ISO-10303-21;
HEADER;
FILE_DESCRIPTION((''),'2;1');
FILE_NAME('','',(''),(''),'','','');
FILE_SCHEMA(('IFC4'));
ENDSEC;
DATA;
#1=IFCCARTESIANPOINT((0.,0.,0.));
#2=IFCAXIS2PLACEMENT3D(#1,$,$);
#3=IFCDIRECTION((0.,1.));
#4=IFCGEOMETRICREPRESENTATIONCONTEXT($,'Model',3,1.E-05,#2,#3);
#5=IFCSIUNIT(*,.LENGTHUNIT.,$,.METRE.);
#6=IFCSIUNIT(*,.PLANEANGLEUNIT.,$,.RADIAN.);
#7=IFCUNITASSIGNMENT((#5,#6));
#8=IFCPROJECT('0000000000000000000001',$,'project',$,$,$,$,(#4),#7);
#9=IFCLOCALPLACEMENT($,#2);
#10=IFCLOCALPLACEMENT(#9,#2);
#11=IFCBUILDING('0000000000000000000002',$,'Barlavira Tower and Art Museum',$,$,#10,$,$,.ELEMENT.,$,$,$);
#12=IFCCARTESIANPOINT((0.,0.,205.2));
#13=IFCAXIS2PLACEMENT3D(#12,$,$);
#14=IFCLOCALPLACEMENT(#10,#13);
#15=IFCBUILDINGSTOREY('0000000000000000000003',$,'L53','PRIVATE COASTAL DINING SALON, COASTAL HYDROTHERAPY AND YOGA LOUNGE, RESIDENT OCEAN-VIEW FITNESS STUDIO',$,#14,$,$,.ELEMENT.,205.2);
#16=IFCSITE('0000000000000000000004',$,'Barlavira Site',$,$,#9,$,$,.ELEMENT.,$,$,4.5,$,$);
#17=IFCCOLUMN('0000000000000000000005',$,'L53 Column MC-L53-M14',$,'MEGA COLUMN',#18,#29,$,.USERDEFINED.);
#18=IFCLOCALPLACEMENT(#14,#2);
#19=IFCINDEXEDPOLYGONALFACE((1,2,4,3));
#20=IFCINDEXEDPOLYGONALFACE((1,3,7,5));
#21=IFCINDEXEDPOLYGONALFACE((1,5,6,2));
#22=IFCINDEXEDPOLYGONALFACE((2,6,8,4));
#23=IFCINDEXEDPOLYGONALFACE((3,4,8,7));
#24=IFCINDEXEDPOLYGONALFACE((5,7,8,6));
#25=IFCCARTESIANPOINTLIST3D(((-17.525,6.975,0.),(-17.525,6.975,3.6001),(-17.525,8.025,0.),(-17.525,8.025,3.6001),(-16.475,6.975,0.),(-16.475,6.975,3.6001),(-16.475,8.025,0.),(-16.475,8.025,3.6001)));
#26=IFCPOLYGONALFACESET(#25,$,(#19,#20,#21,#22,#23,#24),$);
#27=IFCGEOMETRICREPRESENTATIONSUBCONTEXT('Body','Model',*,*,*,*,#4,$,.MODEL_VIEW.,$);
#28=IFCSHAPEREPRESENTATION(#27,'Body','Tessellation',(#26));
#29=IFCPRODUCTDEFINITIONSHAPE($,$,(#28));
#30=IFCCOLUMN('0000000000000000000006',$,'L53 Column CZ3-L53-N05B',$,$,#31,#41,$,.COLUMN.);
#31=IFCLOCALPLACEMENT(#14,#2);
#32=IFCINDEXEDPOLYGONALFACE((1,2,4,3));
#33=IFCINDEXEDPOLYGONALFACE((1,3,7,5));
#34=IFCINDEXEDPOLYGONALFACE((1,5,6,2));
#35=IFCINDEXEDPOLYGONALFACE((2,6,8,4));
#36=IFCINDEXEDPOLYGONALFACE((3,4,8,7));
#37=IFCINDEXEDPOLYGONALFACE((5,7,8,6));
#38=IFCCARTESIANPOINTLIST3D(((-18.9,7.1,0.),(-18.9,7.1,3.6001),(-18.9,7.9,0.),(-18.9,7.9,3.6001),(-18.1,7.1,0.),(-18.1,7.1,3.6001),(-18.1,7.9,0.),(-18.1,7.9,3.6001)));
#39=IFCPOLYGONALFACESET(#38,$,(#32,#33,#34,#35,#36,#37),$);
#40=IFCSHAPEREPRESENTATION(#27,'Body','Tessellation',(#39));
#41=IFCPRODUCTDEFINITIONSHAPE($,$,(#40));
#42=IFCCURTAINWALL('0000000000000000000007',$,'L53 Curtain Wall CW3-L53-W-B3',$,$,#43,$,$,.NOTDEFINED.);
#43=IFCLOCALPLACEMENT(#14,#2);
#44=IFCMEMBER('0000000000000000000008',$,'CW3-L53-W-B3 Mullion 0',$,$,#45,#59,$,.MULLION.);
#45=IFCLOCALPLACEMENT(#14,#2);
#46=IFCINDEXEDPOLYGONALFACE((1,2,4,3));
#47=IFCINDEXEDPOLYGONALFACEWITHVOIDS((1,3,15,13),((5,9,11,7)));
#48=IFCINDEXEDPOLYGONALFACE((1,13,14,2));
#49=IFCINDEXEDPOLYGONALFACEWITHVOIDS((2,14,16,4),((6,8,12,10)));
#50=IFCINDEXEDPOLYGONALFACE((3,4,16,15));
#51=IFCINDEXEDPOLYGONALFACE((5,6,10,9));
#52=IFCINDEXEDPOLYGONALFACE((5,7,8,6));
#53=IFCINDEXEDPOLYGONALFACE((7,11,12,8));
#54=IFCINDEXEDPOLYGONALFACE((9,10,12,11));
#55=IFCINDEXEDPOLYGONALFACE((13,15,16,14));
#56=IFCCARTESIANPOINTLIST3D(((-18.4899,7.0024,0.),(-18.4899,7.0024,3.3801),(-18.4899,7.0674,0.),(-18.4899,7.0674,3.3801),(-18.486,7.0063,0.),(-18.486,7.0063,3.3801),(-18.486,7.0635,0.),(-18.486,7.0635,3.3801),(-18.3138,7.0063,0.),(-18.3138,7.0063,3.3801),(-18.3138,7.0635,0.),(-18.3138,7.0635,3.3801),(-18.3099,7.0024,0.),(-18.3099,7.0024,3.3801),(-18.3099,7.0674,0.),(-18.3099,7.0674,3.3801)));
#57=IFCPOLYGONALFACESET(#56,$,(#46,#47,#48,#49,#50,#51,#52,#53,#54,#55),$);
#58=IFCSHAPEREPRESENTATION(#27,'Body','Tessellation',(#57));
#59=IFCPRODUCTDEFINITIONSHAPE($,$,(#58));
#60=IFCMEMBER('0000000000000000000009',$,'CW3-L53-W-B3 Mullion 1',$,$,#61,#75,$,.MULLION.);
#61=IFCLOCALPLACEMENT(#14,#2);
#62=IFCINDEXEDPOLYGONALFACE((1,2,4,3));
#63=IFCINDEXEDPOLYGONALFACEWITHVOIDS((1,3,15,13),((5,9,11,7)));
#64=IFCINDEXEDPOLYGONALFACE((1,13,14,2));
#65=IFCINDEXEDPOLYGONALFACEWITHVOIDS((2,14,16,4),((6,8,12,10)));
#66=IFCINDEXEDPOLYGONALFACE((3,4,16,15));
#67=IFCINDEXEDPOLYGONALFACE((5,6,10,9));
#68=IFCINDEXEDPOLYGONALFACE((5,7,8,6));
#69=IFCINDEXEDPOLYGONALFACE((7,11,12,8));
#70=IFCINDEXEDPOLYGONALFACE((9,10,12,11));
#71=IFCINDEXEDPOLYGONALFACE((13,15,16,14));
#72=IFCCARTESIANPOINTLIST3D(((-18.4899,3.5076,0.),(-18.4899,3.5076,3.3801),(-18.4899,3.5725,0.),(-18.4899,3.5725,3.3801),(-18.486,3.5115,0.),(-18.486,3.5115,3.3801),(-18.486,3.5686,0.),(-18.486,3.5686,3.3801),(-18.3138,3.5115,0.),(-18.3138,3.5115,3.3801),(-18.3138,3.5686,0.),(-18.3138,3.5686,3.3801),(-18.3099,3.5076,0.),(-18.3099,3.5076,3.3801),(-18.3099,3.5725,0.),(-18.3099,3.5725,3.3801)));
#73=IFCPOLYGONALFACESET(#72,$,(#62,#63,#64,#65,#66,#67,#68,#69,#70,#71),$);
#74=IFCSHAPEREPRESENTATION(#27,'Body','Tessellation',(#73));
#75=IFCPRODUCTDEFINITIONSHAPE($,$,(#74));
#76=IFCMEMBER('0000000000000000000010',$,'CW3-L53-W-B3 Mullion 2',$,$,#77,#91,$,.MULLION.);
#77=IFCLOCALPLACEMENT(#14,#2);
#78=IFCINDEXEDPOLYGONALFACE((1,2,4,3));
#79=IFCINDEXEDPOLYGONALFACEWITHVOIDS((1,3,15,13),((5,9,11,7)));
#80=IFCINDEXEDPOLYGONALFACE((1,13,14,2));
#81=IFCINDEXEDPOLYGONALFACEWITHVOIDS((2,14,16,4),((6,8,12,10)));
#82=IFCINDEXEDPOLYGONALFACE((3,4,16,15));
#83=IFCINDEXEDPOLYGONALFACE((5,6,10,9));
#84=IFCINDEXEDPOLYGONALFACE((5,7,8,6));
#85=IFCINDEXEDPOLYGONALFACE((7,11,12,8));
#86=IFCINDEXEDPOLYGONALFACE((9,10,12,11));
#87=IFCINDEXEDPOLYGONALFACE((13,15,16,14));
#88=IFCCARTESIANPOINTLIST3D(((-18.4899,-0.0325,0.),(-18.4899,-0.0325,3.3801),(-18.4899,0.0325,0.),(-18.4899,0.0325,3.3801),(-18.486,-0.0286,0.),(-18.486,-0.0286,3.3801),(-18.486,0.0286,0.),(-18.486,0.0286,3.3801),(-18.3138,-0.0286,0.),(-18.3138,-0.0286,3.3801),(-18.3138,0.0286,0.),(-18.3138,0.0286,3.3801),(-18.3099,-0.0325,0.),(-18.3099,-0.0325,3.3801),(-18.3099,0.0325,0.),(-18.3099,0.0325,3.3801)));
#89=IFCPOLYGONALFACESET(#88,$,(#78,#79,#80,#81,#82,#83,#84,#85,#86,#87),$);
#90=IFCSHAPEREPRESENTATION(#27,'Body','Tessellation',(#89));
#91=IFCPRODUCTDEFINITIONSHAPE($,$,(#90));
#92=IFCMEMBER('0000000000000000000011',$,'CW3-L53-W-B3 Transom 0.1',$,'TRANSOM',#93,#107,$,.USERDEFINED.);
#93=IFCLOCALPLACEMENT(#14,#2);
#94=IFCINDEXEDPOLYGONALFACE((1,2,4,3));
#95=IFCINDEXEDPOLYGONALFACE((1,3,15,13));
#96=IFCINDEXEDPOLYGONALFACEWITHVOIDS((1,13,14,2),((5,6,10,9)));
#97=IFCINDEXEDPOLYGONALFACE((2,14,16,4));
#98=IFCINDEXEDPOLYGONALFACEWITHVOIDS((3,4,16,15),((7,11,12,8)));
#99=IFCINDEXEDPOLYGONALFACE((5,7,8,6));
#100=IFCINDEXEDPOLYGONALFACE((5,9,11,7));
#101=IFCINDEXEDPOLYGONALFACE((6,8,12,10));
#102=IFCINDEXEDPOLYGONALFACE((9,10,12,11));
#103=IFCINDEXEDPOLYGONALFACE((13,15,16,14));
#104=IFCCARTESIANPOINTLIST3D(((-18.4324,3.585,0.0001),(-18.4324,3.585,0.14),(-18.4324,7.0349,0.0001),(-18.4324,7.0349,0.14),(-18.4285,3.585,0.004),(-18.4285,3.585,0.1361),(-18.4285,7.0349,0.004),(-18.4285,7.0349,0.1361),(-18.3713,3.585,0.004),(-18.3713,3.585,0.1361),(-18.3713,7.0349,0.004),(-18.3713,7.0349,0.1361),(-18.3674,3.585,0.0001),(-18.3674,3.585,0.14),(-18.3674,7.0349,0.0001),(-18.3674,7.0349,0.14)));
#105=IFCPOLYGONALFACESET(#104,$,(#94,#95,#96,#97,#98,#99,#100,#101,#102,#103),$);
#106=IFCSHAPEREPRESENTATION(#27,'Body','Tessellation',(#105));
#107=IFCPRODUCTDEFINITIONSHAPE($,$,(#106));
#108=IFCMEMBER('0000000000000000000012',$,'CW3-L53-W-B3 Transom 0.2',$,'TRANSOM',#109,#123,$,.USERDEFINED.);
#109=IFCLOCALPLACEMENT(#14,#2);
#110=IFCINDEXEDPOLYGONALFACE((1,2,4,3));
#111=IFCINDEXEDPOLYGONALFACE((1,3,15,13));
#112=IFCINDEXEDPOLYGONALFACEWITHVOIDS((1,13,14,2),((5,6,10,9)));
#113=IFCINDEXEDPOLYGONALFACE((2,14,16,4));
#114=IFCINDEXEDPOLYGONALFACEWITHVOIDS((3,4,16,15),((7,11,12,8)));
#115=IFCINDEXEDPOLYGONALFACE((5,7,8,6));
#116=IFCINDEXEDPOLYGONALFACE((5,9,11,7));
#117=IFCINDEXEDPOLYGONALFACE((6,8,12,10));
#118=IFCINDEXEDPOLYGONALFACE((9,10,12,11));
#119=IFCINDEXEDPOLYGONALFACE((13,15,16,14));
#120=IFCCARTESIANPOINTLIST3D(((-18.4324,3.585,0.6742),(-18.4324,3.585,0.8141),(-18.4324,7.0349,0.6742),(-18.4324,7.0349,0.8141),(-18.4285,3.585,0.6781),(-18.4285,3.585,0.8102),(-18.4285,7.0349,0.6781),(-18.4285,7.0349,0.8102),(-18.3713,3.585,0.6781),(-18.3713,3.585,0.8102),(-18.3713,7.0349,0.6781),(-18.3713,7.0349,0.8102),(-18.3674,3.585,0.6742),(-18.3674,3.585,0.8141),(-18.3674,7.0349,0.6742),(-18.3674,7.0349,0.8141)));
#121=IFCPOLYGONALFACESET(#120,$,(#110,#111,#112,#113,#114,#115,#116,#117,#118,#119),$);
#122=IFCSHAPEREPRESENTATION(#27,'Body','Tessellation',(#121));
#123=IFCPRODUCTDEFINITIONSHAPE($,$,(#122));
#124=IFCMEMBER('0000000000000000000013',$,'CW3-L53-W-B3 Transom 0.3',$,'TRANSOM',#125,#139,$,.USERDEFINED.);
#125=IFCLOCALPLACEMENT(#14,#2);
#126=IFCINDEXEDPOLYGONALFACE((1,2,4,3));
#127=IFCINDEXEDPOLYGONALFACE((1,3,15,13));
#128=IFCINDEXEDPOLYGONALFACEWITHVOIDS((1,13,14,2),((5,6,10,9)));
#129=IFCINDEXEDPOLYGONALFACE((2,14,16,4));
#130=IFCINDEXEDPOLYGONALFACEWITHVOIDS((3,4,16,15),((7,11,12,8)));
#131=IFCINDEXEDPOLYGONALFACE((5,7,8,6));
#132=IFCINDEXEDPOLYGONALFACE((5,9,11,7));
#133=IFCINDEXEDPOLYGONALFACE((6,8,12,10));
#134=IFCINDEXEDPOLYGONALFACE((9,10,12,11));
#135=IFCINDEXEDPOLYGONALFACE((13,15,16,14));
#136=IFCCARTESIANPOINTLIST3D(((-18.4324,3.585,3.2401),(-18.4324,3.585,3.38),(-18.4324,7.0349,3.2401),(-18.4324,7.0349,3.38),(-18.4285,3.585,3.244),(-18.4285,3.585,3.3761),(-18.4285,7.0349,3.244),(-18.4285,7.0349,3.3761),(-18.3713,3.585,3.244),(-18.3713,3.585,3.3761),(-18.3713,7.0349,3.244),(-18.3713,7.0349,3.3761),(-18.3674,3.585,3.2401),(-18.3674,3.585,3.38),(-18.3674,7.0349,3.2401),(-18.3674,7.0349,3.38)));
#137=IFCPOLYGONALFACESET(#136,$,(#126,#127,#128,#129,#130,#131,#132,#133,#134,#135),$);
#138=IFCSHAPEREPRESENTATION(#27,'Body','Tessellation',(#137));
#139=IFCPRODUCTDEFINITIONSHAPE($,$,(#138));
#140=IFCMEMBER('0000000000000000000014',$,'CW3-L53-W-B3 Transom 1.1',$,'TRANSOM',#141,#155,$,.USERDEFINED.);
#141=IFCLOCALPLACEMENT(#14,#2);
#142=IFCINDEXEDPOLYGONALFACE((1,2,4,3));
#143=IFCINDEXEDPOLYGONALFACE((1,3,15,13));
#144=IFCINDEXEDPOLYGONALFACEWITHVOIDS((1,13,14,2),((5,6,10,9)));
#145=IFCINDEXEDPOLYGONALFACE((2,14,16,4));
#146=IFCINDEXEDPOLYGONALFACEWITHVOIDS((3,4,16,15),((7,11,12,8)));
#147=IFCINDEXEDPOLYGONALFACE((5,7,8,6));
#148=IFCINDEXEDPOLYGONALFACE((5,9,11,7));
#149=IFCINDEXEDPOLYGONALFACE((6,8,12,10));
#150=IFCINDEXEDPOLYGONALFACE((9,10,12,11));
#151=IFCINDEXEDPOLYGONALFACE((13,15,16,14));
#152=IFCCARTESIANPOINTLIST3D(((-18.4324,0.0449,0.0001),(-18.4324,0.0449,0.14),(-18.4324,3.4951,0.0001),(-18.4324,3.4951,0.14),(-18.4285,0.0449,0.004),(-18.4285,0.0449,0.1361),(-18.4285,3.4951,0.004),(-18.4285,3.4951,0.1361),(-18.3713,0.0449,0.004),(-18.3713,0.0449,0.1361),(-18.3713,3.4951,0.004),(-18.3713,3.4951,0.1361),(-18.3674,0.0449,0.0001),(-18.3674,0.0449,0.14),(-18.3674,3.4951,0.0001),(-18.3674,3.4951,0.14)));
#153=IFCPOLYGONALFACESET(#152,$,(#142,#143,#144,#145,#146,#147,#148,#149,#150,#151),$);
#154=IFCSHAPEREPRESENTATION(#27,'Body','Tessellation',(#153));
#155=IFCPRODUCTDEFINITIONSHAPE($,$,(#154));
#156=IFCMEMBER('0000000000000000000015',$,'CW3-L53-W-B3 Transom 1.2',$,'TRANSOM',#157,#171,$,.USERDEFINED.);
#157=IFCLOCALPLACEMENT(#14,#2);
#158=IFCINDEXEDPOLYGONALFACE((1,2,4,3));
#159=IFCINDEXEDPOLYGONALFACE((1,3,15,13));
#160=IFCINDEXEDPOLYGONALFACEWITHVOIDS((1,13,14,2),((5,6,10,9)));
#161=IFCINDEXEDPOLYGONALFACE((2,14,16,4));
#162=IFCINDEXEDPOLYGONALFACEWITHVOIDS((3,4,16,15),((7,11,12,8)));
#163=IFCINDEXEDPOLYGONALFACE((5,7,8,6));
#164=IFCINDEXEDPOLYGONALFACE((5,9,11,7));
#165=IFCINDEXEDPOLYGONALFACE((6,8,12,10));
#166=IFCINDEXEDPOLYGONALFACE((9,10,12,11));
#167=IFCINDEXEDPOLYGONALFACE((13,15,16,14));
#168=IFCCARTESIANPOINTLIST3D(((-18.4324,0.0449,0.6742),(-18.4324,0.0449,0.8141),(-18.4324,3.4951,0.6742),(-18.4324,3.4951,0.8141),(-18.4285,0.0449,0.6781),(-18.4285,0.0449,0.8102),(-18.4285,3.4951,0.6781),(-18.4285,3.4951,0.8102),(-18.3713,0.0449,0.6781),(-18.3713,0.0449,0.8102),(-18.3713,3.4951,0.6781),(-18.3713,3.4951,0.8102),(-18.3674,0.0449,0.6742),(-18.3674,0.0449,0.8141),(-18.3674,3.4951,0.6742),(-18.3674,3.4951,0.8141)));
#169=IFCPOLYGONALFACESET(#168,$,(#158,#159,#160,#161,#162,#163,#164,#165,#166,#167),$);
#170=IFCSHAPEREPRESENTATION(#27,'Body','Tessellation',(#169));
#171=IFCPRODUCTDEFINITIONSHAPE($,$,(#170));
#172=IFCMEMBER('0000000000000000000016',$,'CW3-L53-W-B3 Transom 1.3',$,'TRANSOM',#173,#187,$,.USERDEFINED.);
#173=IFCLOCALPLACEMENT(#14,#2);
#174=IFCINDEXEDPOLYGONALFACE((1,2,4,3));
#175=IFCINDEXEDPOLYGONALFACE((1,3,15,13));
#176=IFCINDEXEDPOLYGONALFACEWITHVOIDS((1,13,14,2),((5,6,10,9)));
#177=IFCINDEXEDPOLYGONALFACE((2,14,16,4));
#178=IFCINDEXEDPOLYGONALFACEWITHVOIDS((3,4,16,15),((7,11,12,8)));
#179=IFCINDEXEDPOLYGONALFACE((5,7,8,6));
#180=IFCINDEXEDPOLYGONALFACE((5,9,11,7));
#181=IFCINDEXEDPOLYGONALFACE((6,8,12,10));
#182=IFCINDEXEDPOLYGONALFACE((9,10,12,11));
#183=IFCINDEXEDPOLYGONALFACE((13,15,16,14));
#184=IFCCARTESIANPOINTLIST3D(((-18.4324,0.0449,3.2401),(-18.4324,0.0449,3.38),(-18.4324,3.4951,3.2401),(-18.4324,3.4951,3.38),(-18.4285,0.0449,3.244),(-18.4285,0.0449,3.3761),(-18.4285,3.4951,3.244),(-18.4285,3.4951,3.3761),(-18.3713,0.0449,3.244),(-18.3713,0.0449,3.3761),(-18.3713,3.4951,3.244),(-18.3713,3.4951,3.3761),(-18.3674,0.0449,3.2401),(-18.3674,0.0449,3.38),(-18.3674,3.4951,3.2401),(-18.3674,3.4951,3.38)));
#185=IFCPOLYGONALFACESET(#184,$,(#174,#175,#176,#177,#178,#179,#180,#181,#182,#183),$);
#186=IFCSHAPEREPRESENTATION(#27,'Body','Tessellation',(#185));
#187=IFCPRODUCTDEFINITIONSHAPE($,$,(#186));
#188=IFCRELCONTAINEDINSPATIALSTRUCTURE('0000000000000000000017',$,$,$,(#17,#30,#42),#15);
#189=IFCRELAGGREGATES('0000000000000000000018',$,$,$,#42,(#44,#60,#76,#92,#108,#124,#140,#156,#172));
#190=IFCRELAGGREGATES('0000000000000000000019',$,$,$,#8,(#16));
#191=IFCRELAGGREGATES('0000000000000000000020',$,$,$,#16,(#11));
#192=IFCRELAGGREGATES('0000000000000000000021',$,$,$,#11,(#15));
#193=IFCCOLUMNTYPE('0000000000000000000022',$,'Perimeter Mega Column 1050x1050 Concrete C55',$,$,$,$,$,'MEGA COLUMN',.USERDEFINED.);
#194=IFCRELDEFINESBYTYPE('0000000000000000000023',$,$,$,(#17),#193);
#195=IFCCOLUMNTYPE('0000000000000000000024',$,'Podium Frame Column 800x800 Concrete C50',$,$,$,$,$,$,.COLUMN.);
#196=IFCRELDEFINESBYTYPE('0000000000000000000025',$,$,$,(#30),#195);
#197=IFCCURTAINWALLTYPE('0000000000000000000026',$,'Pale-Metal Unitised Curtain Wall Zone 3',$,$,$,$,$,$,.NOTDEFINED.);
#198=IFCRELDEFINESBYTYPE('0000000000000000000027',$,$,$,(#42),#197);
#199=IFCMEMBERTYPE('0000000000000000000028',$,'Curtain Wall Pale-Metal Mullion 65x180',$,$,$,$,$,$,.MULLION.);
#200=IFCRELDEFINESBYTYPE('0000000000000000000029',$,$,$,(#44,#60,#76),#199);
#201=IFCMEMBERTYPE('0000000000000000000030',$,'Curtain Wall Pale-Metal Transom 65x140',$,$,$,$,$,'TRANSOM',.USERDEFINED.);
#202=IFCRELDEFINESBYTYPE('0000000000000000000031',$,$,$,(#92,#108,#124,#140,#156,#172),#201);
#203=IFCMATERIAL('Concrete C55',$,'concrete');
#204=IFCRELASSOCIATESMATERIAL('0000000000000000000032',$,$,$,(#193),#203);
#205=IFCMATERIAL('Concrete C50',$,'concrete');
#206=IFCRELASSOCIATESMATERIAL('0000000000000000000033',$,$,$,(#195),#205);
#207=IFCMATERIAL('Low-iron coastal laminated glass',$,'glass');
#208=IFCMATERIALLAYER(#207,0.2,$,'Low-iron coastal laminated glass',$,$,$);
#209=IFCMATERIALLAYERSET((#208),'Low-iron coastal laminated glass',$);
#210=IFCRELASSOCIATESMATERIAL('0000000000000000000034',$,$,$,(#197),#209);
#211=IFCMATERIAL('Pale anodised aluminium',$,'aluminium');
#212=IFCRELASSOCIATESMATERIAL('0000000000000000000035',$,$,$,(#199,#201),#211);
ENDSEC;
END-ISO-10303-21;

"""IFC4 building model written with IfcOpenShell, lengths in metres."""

from ifc_helpers import new_model, si_unit, direction, frame, origin, origin_2d, place, context, subcontext, project, spatial, rectangle, hollow_rectangle, extrude, material, layer, layer_set, material_profile, profile_set, type_object, element, aggregate, save


model = new_model("IFC4")

# Units and contexts
model_context = context("Model", 3, precision=1e-05, world=origin(), true_north=direction((0.0, 1.0)))
body_context = subcontext(model_context, "Body", "Model", "MODEL_VIEW")
ifc_project = project(units=[si_unit("LENGTHUNIT", "METRE"), si_unit("PLANEANGLEUNIT", "RADIAN")], contexts=[model_context])

# Site, building, storey
site_placement = place(None, origin())
site = spatial("IfcSite", under=ifc_project, at=site_placement, Name="Barlavira Site", CompositionType="ELEMENT", RefElevation=4.5)
building_placement = place(site_placement, origin())
building = spatial("IfcBuilding", under=site, at=building_placement, Name="Barlavira Tower and Art Museum", CompositionType="ELEMENT")
storey_placement = place(building_placement, frame((0.0, 0.0, 205.2)))
storey = spatial("IfcBuildingStorey", under=building, at=storey_placement, Name="L53", Description="PRIVATE COASTAL DINING SALON, COASTAL HYDROTHERAPY AND YOGA LOUNGE, RESIDENT OCEAN-VIEW FITNESS STUDIO", CompositionType="ELEMENT", Elevation=205.2)

# Columns
ifc_material_1 = material(Name="Concrete C55", Category="concrete")
ifc_material_profile_1 = material_profile(ifc_material_1, rectangle(XDim=1.05, YDim=1.05, at=origin_2d()), Name="RC-COL 1050x1050")
ifc_profile_set_1 = profile_set([ifc_material_profile_1], Name="Concrete C55")
column_type_1 = type_object("IfcColumnType", Name="Perimeter Mega Column 1050x1050 Concrete C55", ElementType="MEGA COLUMN", PredefinedType="USERDEFINED", material=ifc_profile_set_1)
column_1_placement = place(storey_placement, frame((-17.0, 7.5, 0.0), z_axis=(0.0, 0.0, 1.0), x_axis=(1.0, 0.0, 0.0)))
element("IfcColumn", 1, at=column_1_placement, inside=storey, type_object=column_type_1, Name="L53 Column MC-L53-M14", ObjectType="MEGA COLUMN", PredefinedType="USERDEFINED", context=body_context, shape_type="SweptSolid", body=[
    extrude(rectangle(XDim=1.05, YDim=1.05, at=origin_2d()), origin(), (0.0, 0.0, 1.0), 3.6001),
])
ifc_material_2 = material(Name="Concrete C50", Category="concrete")
ifc_material_profile_2 = material_profile(ifc_material_2, rectangle(XDim=0.8, YDim=0.8, at=origin_2d()), Name="RC-COL 800x800")
ifc_profile_set_2 = profile_set([ifc_material_profile_2], Name="Concrete C50")
column_type_2 = type_object("IfcColumnType", Name="Podium Frame Column 800x800 Concrete C50", PredefinedType="COLUMN", material=ifc_profile_set_2)
column_2_placement = place(storey_placement, frame((-18.5, 7.5, 0.0), z_axis=(0.0, 0.0, 1.0), x_axis=(1.0, 0.0, 0.0)))
element("IfcColumn", 2, at=column_2_placement, inside=storey, type_object=column_type_2, Name="L53 Column CZ3-L53-N05B", PredefinedType="COLUMN", context=body_context, shape_type="SweptSolid", body=[
    extrude(rectangle(XDim=0.8, YDim=0.8, at=origin_2d()), origin(), (0.0, 0.0, 1.0), 3.6001),
])

# Curtain wall, members
ifc_material_3 = material(Name="Low-iron coastal laminated glass", Category="glass")
ifc_layer_1 = layer(ifc_material_3, 0.2, Name="Low-iron coastal laminated glass")
ifc_layer_set_1 = layer_set([ifc_layer_1], Name="Low-iron coastal laminated glass")
curtain_wall_type = type_object("IfcCurtainWallType", Name="Pale-Metal Unitised Curtain Wall Zone 3", PredefinedType="NOTDEFINED", material=ifc_layer_set_1)
curtain_wall_placement = place(storey_placement, origin())
curtain_wall = element("IfcCurtainWall", 3, at=curtain_wall_placement, inside=storey, type_object=curtain_wall_type, Name="L53 Curtain Wall CW3-L53-W-B3", PredefinedType="NOTDEFINED")
ifc_material_4 = material(Name="Pale anodised aluminium", Category="aluminium")
ifc_material_profile_3 = material_profile(ifc_material_4, hollow_rectangle(XDim=0.0649, YDim=0.1799, WallThickness=0.0039, at=origin_2d()), Name="ALU-MULL 65x180x4")
ifc_profile_set_3 = profile_set([ifc_material_profile_3], Name="Pale anodised aluminium")
member_type_1 = type_object("IfcMemberType", Name="Curtain Wall Pale-Metal Mullion 65x180", PredefinedType="MULLION", material=ifc_profile_set_3)
member_1_placement = place(storey_placement, frame((-18.3999, 7.0349, 0.0), z_axis=(0.0, 0.0, 1.0), x_axis=(0.0, -1.0, 0.0)))
member_1 = element("IfcMember", 4, at=member_1_placement, type_object=member_type_1, Name="CW3-L53-W-B3 Mullion 0", PredefinedType="MULLION", context=body_context, shape_type="SweptSolid", body=[
    extrude(hollow_rectangle(XDim=0.0649, YDim=0.1799, WallThickness=0.0039, at=origin_2d()), origin(), (0.0, 0.0, 1.0), 3.3801),
])
member_2_placement = place(storey_placement, frame((-18.3999, 3.54, 0.0), z_axis=(0.0, 0.0, 1.0), x_axis=(0.0, -1.0, 0.0)))
member_2 = element("IfcMember", 5, at=member_2_placement, type_object=member_type_1, Name="CW3-L53-W-B3 Mullion 1", PredefinedType="MULLION", context=body_context, shape_type="SweptSolid", body=[
    extrude(hollow_rectangle(XDim=0.0649, YDim=0.1799, WallThickness=0.0039, at=origin_2d()), origin(), (0.0, 0.0, 1.0), 3.3801),
])
member_3_placement = place(storey_placement, frame((-18.3999, 0.0, 0.0), z_axis=(0.0, 0.0, 1.0), x_axis=(0.0, -1.0, 0.0)))
member_3 = element("IfcMember", 6, at=member_3_placement, type_object=member_type_1, Name="CW3-L53-W-B3 Mullion 2", PredefinedType="MULLION", context=body_context, shape_type="SweptSolid", body=[
    extrude(hollow_rectangle(XDim=0.0649, YDim=0.1799, WallThickness=0.0039, at=origin_2d()), origin(), (0.0, 0.0, 1.0), 3.3801),
])
ifc_material_profile_4 = material_profile(ifc_material_4, hollow_rectangle(XDim=0.0649, YDim=0.1399, WallThickness=0.0039, at=origin_2d()), Name="ALU-TRAN 65x140x4")
ifc_profile_set_4 = profile_set([ifc_material_profile_4], Name="Pale anodised aluminium")
member_type_2 = type_object("IfcMemberType", Name="Curtain Wall Pale-Metal Transom 65x140", ElementType="TRANSOM", PredefinedType="USERDEFINED", material=ifc_profile_set_4)
member_4_placement = place(storey_placement, frame((-18.3999, 7.0349, 0.0701), z_axis=(0.0, -1.0, 0.0), x_axis=(1.0, 0.0, 0.0)))
member_4 = element("IfcMember", 7, at=member_4_placement, type_object=member_type_2, Name="CW3-L53-W-B3 Transom 0.1", ObjectType="TRANSOM", PredefinedType="USERDEFINED", context=body_context, shape_type="SweptSolid", body=[
    extrude(hollow_rectangle(XDim=0.0649, YDim=0.1399, WallThickness=0.0039, at=origin_2d()), origin(), (0.0, 0.0, 1.0), 3.45),
])
member_5_placement = place(storey_placement, frame((-18.3999, 7.0349, 0.7441), z_axis=(0.0, -1.0, 0.0), x_axis=(1.0, 0.0, 0.0)))
member_5 = element("IfcMember", 8, at=member_5_placement, type_object=member_type_2, Name="CW3-L53-W-B3 Transom 0.2", ObjectType="TRANSOM", PredefinedType="USERDEFINED", context=body_context, shape_type="SweptSolid", body=[
    extrude(hollow_rectangle(XDim=0.0649, YDim=0.1399, WallThickness=0.0039, at=origin_2d()), origin(), (0.0, 0.0, 1.0), 3.45),
])
member_6_placement = place(storey_placement, frame((-18.3999, 7.0349, 3.3101), z_axis=(0.0, -1.0, 0.0), x_axis=(1.0, 0.0, 0.0)))
member_6 = element("IfcMember", 9, at=member_6_placement, type_object=member_type_2, Name="CW3-L53-W-B3 Transom 0.3", ObjectType="TRANSOM", PredefinedType="USERDEFINED", context=body_context, shape_type="SweptSolid", body=[
    extrude(hollow_rectangle(XDim=0.0649, YDim=0.1399, WallThickness=0.0039, at=origin_2d()), origin(), (0.0, 0.0, 1.0), 3.45),
])
member_7_placement = place(storey_placement, frame((-18.3999, 3.4951, 0.0701), z_axis=(0.0, -1.0, 0.0), x_axis=(1.0, 0.0, 0.0)))
member_7 = element("IfcMember", 10, at=member_7_placement, type_object=member_type_2, Name="CW3-L53-W-B3 Transom 1.1", ObjectType="TRANSOM", PredefinedType="USERDEFINED", context=body_context, shape_type="SweptSolid", body=[
    extrude(hollow_rectangle(XDim=0.0649, YDim=0.1399, WallThickness=0.0039, at=origin_2d()), origin(), (0.0, 0.0, 1.0), 3.4502),
])
member_8_placement = place(storey_placement, frame((-18.3999, 3.4951, 0.7441), z_axis=(0.0, -1.0, 0.0), x_axis=(1.0, 0.0, 0.0)))
member_8 = element("IfcMember", 11, at=member_8_placement, type_object=member_type_2, Name="CW3-L53-W-B3 Transom 1.2", ObjectType="TRANSOM", PredefinedType="USERDEFINED", context=body_context, shape_type="SweptSolid", body=[
    extrude(hollow_rectangle(XDim=0.0649, YDim=0.1399, WallThickness=0.0039, at=origin_2d()), origin(), (0.0, 0.0, 1.0), 3.4502),
])
member_9_placement = place(storey_placement, frame((-18.3999, 3.4951, 3.3101), z_axis=(0.0, -1.0, 0.0), x_axis=(1.0, 0.0, 0.0)))
member_9 = element("IfcMember", 12, at=member_9_placement, type_object=member_type_2, Name="CW3-L53-W-B3 Transom 1.3", ObjectType="TRANSOM", PredefinedType="USERDEFINED", context=body_context, shape_type="SweptSolid", body=[
    extrude(hollow_rectangle(XDim=0.0649, YDim=0.1399, WallThickness=0.0039, at=origin_2d()), origin(), (0.0, 0.0, 1.0), 3.4502),
])

aggregate(curtain_wall, [member_1, member_2, member_3, member_4, member_5, member_6, member_7, member_8, member_9])

save(model, "model.ifc")
